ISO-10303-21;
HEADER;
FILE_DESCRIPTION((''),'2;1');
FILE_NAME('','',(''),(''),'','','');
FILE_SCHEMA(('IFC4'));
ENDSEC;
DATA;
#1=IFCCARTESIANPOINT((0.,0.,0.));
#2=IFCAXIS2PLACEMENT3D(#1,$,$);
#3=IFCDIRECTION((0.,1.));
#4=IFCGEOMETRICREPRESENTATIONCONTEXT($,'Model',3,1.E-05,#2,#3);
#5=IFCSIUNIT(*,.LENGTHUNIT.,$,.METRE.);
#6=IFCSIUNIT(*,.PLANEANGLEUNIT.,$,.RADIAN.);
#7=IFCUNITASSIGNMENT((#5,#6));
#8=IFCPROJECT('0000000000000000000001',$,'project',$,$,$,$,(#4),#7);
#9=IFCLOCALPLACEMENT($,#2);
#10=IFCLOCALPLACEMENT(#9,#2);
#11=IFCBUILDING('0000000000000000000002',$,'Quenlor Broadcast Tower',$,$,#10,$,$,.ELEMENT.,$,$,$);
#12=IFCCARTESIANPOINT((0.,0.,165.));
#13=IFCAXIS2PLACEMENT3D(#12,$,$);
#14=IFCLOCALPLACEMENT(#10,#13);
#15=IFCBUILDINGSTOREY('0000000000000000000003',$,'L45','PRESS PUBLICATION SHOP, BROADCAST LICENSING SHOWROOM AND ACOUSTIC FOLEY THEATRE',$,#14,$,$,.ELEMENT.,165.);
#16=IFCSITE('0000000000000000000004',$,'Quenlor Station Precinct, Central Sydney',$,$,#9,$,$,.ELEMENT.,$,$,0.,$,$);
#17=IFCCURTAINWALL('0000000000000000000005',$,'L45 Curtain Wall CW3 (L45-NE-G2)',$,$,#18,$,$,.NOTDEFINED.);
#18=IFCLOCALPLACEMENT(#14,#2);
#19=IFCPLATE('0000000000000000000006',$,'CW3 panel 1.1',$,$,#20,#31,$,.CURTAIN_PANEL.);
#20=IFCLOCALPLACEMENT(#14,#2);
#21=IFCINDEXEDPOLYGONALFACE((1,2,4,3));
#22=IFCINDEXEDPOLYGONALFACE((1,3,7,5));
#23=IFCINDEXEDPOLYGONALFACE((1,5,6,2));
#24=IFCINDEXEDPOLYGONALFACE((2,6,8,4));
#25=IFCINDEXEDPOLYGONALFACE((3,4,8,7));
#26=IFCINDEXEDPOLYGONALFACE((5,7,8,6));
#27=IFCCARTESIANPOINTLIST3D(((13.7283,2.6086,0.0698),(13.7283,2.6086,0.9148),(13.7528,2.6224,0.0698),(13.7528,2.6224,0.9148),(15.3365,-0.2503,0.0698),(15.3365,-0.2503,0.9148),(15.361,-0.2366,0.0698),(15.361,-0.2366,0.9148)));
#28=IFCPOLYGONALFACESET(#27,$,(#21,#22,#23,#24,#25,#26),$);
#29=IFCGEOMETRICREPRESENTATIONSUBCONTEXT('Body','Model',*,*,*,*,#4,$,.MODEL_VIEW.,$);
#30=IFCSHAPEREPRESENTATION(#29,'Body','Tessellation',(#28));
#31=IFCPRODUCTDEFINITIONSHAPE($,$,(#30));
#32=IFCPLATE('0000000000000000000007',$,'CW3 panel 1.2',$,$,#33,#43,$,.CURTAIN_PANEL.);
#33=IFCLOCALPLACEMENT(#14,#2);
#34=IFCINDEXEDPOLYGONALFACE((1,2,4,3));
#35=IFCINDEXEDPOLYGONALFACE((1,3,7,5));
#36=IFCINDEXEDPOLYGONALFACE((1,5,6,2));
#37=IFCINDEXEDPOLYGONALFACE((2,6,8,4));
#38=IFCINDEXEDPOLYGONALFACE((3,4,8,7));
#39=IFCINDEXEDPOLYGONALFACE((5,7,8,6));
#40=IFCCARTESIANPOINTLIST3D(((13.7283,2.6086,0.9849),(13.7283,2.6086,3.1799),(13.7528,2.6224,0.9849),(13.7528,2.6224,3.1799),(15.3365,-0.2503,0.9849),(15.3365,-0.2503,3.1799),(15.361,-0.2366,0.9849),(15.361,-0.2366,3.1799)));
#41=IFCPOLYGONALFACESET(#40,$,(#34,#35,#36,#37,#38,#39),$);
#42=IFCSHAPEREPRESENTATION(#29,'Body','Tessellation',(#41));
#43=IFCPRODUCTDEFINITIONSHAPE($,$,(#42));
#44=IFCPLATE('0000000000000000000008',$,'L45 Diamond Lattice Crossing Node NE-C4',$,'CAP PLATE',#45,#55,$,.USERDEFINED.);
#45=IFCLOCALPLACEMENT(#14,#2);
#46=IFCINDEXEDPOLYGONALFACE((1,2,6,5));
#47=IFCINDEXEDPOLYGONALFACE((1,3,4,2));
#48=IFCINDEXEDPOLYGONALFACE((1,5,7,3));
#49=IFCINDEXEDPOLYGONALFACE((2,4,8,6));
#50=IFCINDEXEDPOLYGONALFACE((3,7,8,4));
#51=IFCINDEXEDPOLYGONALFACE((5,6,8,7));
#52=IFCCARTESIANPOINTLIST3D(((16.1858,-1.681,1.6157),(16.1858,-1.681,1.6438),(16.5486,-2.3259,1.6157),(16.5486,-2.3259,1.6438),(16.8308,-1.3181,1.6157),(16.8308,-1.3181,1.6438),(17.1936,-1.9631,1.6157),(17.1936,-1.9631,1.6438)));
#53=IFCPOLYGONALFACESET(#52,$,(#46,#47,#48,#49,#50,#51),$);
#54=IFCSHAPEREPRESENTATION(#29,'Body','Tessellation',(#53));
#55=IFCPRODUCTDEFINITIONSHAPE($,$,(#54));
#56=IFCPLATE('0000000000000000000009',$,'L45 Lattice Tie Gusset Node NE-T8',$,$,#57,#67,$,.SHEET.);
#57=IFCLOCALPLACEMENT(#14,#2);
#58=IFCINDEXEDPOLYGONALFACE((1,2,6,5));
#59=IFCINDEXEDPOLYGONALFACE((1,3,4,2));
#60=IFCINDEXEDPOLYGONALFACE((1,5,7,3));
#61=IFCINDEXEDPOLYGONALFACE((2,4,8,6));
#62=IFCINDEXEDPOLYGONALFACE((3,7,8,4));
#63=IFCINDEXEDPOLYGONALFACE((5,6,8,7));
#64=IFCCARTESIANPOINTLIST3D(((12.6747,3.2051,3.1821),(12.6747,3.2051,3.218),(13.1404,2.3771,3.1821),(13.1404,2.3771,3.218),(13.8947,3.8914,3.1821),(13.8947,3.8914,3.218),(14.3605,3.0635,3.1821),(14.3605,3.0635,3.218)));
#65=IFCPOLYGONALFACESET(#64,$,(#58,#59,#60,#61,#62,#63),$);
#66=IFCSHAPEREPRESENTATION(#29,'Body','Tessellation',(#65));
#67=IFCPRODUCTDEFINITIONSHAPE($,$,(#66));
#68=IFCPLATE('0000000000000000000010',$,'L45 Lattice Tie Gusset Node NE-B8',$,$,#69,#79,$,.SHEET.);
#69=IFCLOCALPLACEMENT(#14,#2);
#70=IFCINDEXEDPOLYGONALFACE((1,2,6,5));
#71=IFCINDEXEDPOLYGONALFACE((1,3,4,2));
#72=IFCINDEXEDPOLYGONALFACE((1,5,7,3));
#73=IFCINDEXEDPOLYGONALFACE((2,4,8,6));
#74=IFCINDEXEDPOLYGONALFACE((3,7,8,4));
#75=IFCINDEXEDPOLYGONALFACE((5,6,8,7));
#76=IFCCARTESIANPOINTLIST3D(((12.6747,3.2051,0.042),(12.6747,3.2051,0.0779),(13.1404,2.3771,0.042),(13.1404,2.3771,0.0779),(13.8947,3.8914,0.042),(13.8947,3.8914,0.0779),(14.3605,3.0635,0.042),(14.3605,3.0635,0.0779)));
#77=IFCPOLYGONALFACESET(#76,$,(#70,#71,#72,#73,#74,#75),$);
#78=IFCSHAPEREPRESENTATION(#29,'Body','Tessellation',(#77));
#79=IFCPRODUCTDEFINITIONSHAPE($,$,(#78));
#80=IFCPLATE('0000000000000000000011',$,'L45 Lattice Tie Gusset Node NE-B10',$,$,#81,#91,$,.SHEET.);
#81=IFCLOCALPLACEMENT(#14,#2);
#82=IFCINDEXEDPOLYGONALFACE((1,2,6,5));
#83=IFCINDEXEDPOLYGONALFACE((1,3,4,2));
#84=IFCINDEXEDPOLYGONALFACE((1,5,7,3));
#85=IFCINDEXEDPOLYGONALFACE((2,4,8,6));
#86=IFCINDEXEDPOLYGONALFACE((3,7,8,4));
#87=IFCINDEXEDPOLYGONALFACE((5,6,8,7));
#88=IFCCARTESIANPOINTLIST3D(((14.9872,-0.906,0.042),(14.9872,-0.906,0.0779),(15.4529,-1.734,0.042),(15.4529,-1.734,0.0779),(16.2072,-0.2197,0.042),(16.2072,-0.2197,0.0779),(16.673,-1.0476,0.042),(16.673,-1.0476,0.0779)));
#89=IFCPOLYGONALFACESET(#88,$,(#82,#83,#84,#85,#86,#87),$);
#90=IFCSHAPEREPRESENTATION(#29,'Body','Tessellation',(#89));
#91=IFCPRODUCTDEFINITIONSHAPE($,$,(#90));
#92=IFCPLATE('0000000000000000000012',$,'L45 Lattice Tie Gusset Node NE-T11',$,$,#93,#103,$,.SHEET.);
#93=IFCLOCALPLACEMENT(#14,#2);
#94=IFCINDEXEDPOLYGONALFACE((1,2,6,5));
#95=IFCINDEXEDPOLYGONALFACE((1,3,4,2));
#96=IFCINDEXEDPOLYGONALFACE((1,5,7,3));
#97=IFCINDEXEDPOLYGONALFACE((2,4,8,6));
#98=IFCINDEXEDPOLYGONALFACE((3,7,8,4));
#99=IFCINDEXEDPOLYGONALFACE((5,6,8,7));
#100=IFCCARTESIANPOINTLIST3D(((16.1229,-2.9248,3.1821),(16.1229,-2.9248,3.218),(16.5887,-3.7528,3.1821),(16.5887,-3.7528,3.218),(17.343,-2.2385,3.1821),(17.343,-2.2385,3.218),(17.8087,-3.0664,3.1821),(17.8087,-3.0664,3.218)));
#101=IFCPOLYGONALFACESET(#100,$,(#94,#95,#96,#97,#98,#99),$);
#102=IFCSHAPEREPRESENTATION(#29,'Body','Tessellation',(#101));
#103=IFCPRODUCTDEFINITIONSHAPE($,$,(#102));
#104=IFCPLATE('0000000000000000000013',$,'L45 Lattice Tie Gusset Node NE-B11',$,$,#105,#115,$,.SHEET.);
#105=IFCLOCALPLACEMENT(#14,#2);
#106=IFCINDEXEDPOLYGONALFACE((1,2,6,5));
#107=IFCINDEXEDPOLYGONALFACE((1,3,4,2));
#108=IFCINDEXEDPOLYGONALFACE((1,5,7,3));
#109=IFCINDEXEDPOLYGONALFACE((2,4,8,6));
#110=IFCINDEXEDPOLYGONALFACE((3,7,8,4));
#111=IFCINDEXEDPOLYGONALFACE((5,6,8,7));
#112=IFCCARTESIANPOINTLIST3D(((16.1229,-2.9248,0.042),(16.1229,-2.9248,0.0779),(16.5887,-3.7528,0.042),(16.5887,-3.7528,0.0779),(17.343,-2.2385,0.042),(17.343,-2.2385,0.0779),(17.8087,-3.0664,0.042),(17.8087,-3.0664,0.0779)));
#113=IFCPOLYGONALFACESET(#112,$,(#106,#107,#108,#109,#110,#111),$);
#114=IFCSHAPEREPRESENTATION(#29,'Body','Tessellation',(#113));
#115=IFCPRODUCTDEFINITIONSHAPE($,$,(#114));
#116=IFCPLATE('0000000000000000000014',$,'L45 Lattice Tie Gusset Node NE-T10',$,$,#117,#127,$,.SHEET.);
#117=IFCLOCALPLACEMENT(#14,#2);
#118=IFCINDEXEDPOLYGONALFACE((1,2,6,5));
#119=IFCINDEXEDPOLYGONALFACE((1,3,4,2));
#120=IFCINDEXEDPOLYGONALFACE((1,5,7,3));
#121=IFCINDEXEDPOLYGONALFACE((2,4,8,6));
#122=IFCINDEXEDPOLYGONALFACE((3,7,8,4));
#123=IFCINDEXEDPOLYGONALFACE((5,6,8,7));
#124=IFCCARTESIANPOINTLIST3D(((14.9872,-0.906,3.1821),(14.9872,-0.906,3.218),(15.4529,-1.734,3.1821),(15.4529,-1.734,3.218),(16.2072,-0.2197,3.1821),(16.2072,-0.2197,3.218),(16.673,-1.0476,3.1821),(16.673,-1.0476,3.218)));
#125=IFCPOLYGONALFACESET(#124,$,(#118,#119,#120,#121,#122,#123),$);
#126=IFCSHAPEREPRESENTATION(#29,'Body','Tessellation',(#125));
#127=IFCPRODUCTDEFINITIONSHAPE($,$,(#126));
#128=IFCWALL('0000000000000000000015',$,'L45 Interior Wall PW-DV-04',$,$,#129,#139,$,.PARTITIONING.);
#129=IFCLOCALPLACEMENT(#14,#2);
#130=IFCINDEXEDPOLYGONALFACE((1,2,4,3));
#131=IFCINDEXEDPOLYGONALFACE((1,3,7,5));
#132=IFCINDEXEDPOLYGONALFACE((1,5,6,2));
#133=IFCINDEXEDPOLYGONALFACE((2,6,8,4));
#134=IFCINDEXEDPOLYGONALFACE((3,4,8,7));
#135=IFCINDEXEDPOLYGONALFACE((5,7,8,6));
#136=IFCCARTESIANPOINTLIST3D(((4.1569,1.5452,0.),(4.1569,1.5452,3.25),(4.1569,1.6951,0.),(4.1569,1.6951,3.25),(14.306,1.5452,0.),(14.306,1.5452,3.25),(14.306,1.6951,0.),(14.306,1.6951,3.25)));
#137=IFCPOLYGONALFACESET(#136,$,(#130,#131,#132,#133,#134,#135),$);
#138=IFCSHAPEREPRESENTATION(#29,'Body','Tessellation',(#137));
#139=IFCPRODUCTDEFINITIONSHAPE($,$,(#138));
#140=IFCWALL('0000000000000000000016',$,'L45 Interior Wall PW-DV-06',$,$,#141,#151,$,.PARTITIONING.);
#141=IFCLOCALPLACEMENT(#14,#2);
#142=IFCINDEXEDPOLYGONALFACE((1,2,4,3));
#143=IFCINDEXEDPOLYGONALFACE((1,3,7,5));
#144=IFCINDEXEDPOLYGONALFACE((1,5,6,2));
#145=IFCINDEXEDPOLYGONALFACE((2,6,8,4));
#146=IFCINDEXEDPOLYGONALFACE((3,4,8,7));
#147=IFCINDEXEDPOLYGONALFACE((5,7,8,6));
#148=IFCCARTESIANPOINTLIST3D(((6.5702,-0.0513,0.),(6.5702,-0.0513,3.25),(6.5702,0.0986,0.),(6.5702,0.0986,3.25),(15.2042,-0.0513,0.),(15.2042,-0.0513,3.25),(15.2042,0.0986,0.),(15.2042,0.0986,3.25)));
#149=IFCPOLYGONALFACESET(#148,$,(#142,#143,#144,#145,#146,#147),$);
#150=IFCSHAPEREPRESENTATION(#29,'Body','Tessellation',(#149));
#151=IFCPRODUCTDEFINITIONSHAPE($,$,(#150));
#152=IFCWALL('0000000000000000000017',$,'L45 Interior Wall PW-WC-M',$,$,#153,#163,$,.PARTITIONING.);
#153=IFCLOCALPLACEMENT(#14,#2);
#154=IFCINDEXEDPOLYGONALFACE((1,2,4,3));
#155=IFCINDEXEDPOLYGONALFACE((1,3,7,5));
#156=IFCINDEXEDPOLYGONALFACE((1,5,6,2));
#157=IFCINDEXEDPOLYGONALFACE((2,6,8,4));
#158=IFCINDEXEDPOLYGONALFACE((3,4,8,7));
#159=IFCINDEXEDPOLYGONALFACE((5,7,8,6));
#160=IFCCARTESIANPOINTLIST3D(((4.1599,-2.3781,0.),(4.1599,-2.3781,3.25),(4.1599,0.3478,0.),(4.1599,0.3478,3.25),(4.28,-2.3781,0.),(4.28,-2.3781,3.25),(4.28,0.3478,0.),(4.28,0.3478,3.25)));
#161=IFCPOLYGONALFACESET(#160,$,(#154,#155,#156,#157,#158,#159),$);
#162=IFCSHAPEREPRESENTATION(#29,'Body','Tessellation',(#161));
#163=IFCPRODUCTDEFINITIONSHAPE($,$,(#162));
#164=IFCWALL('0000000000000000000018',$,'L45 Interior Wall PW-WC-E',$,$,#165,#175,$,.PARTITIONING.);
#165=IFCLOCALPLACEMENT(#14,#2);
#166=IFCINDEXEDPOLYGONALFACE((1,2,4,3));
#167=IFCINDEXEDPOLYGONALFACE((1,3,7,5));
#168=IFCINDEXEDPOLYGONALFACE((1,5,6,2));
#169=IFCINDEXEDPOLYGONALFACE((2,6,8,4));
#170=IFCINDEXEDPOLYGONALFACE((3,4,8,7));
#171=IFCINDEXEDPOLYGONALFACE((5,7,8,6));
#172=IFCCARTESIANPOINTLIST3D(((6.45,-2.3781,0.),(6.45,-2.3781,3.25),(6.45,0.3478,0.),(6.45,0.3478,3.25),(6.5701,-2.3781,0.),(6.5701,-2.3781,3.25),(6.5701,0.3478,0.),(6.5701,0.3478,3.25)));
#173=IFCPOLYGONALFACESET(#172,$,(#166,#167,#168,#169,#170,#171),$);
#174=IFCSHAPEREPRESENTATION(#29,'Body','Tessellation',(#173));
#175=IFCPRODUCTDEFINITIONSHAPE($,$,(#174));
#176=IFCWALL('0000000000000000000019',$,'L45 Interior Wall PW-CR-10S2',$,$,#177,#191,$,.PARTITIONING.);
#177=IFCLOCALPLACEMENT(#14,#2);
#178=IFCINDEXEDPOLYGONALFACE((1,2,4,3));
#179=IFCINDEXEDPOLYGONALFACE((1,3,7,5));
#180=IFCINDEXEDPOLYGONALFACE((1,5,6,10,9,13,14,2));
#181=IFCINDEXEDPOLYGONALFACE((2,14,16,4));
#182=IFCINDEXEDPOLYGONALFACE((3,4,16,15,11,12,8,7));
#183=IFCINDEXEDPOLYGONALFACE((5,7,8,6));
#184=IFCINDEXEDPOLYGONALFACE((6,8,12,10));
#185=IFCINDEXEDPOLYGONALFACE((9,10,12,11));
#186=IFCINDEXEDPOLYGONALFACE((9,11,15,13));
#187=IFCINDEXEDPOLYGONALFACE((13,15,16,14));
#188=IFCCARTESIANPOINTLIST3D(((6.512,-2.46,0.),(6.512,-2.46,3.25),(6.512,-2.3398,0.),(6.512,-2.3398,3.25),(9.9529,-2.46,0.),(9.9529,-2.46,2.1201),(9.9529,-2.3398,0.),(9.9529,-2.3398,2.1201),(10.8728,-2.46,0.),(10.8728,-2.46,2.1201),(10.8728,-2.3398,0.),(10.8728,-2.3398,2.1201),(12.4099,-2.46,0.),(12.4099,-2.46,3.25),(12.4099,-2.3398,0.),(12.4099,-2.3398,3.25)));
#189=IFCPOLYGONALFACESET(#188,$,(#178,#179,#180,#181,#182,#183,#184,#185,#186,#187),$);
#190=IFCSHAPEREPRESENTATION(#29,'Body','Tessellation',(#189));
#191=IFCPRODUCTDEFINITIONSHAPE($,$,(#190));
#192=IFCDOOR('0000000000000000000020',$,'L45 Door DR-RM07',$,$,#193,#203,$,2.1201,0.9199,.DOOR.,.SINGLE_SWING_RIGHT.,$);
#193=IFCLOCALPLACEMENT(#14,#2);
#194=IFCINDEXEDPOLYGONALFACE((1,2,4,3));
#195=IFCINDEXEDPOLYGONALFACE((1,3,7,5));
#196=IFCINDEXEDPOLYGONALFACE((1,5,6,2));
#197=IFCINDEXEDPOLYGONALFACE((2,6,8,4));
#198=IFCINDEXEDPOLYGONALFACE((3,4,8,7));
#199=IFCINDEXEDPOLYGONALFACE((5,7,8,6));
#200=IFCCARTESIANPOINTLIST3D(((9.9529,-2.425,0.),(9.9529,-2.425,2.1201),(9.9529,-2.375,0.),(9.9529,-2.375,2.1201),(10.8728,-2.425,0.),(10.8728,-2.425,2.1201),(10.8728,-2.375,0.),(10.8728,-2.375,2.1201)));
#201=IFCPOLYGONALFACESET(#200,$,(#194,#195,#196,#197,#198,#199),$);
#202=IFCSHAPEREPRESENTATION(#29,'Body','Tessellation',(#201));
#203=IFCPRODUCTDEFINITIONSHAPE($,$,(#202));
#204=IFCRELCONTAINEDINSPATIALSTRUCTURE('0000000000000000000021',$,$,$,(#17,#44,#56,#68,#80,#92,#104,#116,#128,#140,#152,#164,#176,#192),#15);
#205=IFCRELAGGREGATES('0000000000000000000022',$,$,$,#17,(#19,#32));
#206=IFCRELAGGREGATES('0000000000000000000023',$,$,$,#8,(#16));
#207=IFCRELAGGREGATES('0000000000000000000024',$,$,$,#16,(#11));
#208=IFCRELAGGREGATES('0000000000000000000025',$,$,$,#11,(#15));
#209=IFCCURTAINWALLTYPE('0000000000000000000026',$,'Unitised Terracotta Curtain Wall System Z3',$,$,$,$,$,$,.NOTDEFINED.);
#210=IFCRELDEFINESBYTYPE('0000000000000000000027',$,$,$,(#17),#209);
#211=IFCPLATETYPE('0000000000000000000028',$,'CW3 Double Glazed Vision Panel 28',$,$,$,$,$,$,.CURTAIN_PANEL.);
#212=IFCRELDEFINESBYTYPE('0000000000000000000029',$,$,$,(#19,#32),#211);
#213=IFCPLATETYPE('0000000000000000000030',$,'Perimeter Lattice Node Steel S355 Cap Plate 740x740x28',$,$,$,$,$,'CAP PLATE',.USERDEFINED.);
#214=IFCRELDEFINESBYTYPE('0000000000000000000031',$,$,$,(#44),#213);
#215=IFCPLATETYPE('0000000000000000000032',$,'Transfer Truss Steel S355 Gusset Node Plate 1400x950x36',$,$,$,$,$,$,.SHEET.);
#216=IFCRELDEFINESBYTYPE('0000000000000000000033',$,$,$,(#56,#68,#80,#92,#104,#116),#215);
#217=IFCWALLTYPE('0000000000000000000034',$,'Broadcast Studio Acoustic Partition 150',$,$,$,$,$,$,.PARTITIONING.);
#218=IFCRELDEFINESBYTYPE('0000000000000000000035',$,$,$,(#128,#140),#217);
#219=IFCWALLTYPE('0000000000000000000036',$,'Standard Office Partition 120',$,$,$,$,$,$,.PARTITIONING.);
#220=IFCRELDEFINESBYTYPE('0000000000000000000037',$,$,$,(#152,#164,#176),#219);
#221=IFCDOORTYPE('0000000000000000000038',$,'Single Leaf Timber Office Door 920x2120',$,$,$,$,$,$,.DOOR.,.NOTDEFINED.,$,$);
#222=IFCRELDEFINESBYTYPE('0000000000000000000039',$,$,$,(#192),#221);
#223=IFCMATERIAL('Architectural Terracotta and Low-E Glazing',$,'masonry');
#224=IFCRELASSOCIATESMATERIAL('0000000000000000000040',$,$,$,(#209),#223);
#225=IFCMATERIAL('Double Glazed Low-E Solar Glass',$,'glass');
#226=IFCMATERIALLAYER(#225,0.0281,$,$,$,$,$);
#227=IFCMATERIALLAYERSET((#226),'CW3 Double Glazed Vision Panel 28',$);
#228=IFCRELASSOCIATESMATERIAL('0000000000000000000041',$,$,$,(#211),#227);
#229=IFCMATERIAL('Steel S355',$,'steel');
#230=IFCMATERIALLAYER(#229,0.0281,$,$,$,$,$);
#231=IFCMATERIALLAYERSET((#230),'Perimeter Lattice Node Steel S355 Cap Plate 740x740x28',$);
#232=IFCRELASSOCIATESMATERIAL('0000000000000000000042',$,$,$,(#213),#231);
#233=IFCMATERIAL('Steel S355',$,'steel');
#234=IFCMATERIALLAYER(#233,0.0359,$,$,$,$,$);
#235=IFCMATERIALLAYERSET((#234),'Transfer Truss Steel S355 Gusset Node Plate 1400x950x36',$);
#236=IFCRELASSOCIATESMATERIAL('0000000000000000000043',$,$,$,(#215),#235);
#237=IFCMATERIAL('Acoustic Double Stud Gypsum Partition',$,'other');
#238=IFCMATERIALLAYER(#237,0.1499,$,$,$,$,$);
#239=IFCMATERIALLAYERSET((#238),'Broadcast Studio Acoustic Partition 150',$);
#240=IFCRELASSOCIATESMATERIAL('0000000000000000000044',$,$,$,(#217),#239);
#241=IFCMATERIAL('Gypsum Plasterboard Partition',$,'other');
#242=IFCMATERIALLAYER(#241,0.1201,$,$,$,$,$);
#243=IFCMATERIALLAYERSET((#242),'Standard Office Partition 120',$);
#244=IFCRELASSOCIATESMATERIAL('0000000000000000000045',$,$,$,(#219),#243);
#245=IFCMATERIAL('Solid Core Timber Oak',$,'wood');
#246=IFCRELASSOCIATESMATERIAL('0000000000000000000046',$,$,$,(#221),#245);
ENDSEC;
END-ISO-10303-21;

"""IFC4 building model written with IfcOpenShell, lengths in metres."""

from ifc_helpers import new_model, si_unit, direction, frame, frame_2d, origin, origin_2d, place, context, subcontext, project, spatial, rectangle, extrude, material, layer, layer_set, type_object, element, fill, aggregate, save


model = new_model("IFC4")

# Units and contexts
model_context = context("Model", 3, precision=1e-05, world=origin(), true_north=direction((0.0, 1.0)))
body_context = subcontext(model_context, "Body", "Model", "MODEL_VIEW")
ifc_project = project(units=[si_unit("LENGTHUNIT", "METRE"), si_unit("PLANEANGLEUNIT", "RADIAN")], contexts=[model_context])

# Site, building, storey
site_placement = place(None, origin())
site = spatial("IfcSite", under=ifc_project, at=site_placement, Name="Quenlor Station Precinct, Central Sydney", CompositionType="ELEMENT", RefElevation=0.0)
building_placement = place(site_placement, origin())
building = spatial("IfcBuilding", under=site, at=building_placement, Name="Quenlor Broadcast Tower", CompositionType="ELEMENT")
storey_placement = place(building_placement, frame((0.0, 0.0, 165.0)))
storey = spatial("IfcBuildingStorey", under=building, at=storey_placement, Name="L45", Description="PRESS PUBLICATION SHOP, BROADCAST LICENSING SHOWROOM AND ACOUSTIC FOLEY THEATRE", CompositionType="ELEMENT", Elevation=165.0)

# Curtain wall
ifc_material_1 = material(Name="Architectural Terracotta and Low-E Glazing", Category="masonry")
curtain_wall_type = type_object("IfcCurtainWallType", Name="Unitised Terracotta Curtain Wall System Z3", PredefinedType="NOTDEFINED", material=ifc_material_1)
curtain_wall_placement = place(storey_placement, origin())
curtain_wall = element("IfcCurtainWall", 1, at=curtain_wall_placement, inside=storey, type_object=curtain_wall_type, Name="L45 Curtain Wall CW3 (L45-NE-G2)", PredefinedType="NOTDEFINED")

# Plates
ifc_material_2 = material(Name="Double Glazed Low-E Solar Glass", Category="glass")
ifc_layer_1 = layer(ifc_material_2, 0.0281)
ifc_layer_set_1 = layer_set([ifc_layer_1], Name="CW3 Double Glazed Vision Panel 28")
plate_type_1 = type_object("IfcPlateType", Name="CW3 Double Glazed Vision Panel 28", PredefinedType="CURTAIN_PANEL", material=ifc_layer_set_1)
plate_1_placement = place(storey_placement, frame((14.5447, 1.186, 0.0698), z_axis=(0.0, 0.0, 1.0), x_axis=(0.490268, -0.871572, 0.0)))
plate_1 = element("IfcPlate", 2, at=plate_1_placement, type_object=plate_type_1, Name="CW3 panel 1.1", PredefinedType="CURTAIN_PANEL", context=body_context, shape_type="SweptSolid", body=[
    extrude(rectangle(XDim=3.2803, YDim=0.0281, at=origin_2d()), origin(), (0.0, 0.0, 1.0), 0.845),
])
plate_2_placement = place(storey_placement, frame((14.5447, 1.186, 0.9849), z_axis=(0.0, 0.0, 1.0), x_axis=(0.490268, -0.871572, 0.0)))
plate_2 = element("IfcPlate", 3, at=plate_2_placement, type_object=plate_type_1, Name="CW3 panel 1.2", PredefinedType="CURTAIN_PANEL", context=body_context, shape_type="SweptSolid", body=[
    extrude(rectangle(XDim=3.2803, YDim=0.0281, at=origin_2d()), origin(), (0.0, 0.0, 1.0), 2.1951),
])
aggregate(curtain_wall, [plate_1, plate_2])

# Plates
ifc_material_3 = material(Name="Steel S355", Category="steel")
ifc_layer_2 = layer(ifc_material_3, 0.0281)
ifc_layer_set_2 = layer_set([ifc_layer_2], Name="Perimeter Lattice Node Steel S355 Cap Plate 740x740x28")
plate_type_2 = type_object("IfcPlateType", Name="Perimeter Lattice Node Steel S355 Cap Plate 740x740x28", ElementType="CAP PLATE", PredefinedType="USERDEFINED", material=ifc_layer_set_2)
plate_3_placement = place(storey_placement, frame((16.6897, -1.822, 1.6157), z_axis=(0.0, 0.0, 1.0), x_axis=(0.490295, -0.871556, 0.0)))
element("IfcPlate", 4, at=plate_3_placement, inside=storey, type_object=plate_type_2, Name="L45 Diamond Lattice Crossing Node NE-C4", ObjectType="CAP PLATE", PredefinedType="USERDEFINED", context=body_context, shape_type="SweptSolid", body=[
    extrude(rectangle(XDim=0.74, YDim=0.74, at=origin_2d()), origin(), (0.0, 0.0, 1.0), 0.0281),
])
ifc_material_4 = material(Name="Steel S355", Category="steel")
ifc_layer_3 = layer(ifc_material_4, 0.0359)
ifc_layer_set_3 = layer_set([ifc_layer_3], Name="Transfer Truss Steel S355 Gusset Node Plate 1400x950x36")
plate_type_3 = type_object("IfcPlateType", Name="Transfer Truss Steel S355 Gusset Node Plate 1400x950x36", PredefinedType="SHEET", material=ifc_layer_set_3)
for number, where, z_axis, x_axis, name in (
    (5, (13.5176, 3.1343, 3.1821), (0.0, 0.0, 1.0), (0.871556, 0.490295, 0.0), "L45 Lattice Tie Gusset Node NE-T8"),
    (6, (13.5176, 3.1343, 0.042), (0.0, 0.0, 1.0), (0.871556, 0.490295, 0.0), "L45 Lattice Tie Gusset Node NE-B8"),
    (7, (15.8301, -0.9768, 0.042), (0.0, 0.0, 1.0), (0.871556, 0.490295, 0.0), "L45 Lattice Tie Gusset Node NE-B10"),
    (8, (16.9658, -2.9956, 3.1821), (0.0, 0.0, 1.0), (0.871556, 0.490295, 0.0), "L45 Lattice Tie Gusset Node NE-T11"),
    (9, (16.9658, -2.9956, 0.042), (0.0, 0.0, 1.0), (0.871556, 0.490295, 0.0), "L45 Lattice Tie Gusset Node NE-B11"),
    (10, (15.8301, -0.9768, 3.1821), (0.0, 0.0, 1.0), (0.871556, 0.490295, 0.0), "L45 Lattice Tie Gusset Node NE-T10"),
):
    element("IfcPlate", number, at=place(storey_placement, frame(where, z_axis=z_axis, x_axis=x_axis)), inside=storey, type_object=plate_type_3, Name=name, PredefinedType="SHEET", context=body_context, shape_type="SweptSolid", body=[
        extrude(rectangle(XDim=1.3999, YDim=0.95, at=origin_2d()), origin(), (0.0, 0.0, 1.0), 0.0359),
    ])

# Walls
ifc_material_5 = material(Name="Acoustic Double Stud Gypsum Partition", Category="other")
ifc_layer_4 = layer(ifc_material_5, 0.1499)
ifc_layer_set_4 = layer_set([ifc_layer_4], Name="Broadcast Studio Acoustic Partition 150")
wall_type_1 = type_object("IfcWallType", Name="Broadcast Studio Acoustic Partition 150", PredefinedType="PARTITIONING", material=ifc_layer_set_4)
wall_1_placement = place(storey_placement, frame((14.3062, 1.6201, 0.0), z_axis=(0.0, 0.0, 1.0), x_axis=(-1.0, 0.0, 0.0)))
element("IfcWall", 11, at=wall_1_placement, inside=storey, type_object=wall_type_1, Name="L45 Interior Wall PW-DV-04", PredefinedType="PARTITIONING", context=body_context, shape_type="SweptSolid", body=[
    extrude(rectangle(XDim=10.1492, YDim=0.1499, at=frame_2d((5.0747, 0.0))), origin(), (0.0, 0.0, 1.0), 3.25),
])
wall_2_placement = place(storey_placement, frame((15.2041, 0.0237, 0.0), z_axis=(0.0, 0.0, 1.0), x_axis=(-1.0, 0.0, 0.0)))
element("IfcWall", 12, at=wall_2_placement, inside=storey, type_object=wall_type_1, Name="L45 Interior Wall PW-DV-06", PredefinedType="PARTITIONING", context=body_context, shape_type="SweptSolid", body=[
    extrude(rectangle(XDim=8.634, YDim=0.1499, at=frame_2d((4.3169, 0.0))), origin(), (0.0, 0.0, 1.0), 3.25),
])
ifc_material_6 = material(Name="Gypsum Plasterboard Partition", Category="other")
ifc_layer_5 = layer(ifc_material_6, 0.1201)
ifc_layer_set_5 = layer_set([ifc_layer_5], Name="Standard Office Partition 120")
wall_type_2 = type_object("IfcWallType", Name="Standard Office Partition 120", PredefinedType="PARTITIONING", material=ifc_layer_set_5)
for number, where, z_axis, x_axis, name in (
    (13, (4.22, -2.3779, 0.0), (0.0, 0.0, 1.0), (0.0, 1.0, 0.0), "L45 Interior Wall PW-WC-M"),
    (14, (6.51, -2.3779, 0.0), (0.0, 0.0, 1.0), (0.0, 1.0, 0.0), "L45 Interior Wall PW-WC-E"),
):
    element("IfcWall", number, at=place(storey_placement, frame(where, z_axis=z_axis, x_axis=x_axis)), inside=storey, type_object=wall_type_2, Name=name, PredefinedType="PARTITIONING", context=body_context, shape_type="SweptSolid", body=[
        extrude(rectangle(XDim=2.7258, YDim=0.1201, at=frame_2d((1.3628, 0.0))), origin(), (0.0, 0.0, 1.0), 3.25),
    ])

# Wall, opening, door
wall_3_placement = place(storey_placement, frame((6.512, -2.3999, 0.0), z_axis=(0.0, 0.0, 1.0), x_axis=(1.0, 0.0, 0.0)))
wall_3 = element("IfcWall", 15, at=wall_3_placement, inside=storey, type_object=wall_type_2, Name="L45 Interior Wall PW-CR-10S2", PredefinedType="PARTITIONING", context=body_context, shape_type="SweptSolid", body=[
    extrude(rectangle(XDim=5.8979, YDim=0.1201, at=frame_2d((2.949, 0.0))), origin(), (0.0, 0.0, 1.0), 3.25),
])
opening_placement = place(wall_3_placement, frame((3.4409, 0.0, 0.0)))
opening = element("IfcOpeningElement", 16, at=opening_placement, cuts=wall_3, PredefinedType="OPENING", context=body_context, shape_type="SweptSolid", body=[
    extrude(rectangle(XDim=0.9199, YDim=2.1201, at=frame_2d((0.46, 1.0601))), frame((0.0, 0.0701, 0.0), z_axis=(0.0, -1.0, 0.0), x_axis=(1.0, 0.0, 0.0)), (0.0, 0.0, 1.0), 0.1401),
])
ifc_material_7 = material(Name="Solid Core Timber Oak", Category="wood")
door_type = type_object("IfcDoorType", Name="Single Leaf Timber Office Door 920x2120", OperationType="NOTDEFINED", PredefinedType="DOOR", material=ifc_material_7)
door_placement = place(opening_placement, origin())
door = element("IfcDoor", 17, at=door_placement, inside=storey, type_object=door_type, Name="L45 Door DR-RM07", OperationType="SINGLE_SWING_RIGHT", OverallHeight=2.1201, OverallWidth=0.9199, PredefinedType="DOOR", context=body_context, shape_type="SweptSolid", body=[
    extrude(rectangle(XDim=0.9199, YDim=2.1201, at=frame_2d((0.46, 1.0601))), frame((0.0, 0.0249, 0.0), z_axis=(0.0, -1.0, 0.0), x_axis=(1.0, 0.0, 0.0)), (0.0, 0.0, 1.0), 0.05),
])
fill(opening, door)

save(model, "model.ifc")
